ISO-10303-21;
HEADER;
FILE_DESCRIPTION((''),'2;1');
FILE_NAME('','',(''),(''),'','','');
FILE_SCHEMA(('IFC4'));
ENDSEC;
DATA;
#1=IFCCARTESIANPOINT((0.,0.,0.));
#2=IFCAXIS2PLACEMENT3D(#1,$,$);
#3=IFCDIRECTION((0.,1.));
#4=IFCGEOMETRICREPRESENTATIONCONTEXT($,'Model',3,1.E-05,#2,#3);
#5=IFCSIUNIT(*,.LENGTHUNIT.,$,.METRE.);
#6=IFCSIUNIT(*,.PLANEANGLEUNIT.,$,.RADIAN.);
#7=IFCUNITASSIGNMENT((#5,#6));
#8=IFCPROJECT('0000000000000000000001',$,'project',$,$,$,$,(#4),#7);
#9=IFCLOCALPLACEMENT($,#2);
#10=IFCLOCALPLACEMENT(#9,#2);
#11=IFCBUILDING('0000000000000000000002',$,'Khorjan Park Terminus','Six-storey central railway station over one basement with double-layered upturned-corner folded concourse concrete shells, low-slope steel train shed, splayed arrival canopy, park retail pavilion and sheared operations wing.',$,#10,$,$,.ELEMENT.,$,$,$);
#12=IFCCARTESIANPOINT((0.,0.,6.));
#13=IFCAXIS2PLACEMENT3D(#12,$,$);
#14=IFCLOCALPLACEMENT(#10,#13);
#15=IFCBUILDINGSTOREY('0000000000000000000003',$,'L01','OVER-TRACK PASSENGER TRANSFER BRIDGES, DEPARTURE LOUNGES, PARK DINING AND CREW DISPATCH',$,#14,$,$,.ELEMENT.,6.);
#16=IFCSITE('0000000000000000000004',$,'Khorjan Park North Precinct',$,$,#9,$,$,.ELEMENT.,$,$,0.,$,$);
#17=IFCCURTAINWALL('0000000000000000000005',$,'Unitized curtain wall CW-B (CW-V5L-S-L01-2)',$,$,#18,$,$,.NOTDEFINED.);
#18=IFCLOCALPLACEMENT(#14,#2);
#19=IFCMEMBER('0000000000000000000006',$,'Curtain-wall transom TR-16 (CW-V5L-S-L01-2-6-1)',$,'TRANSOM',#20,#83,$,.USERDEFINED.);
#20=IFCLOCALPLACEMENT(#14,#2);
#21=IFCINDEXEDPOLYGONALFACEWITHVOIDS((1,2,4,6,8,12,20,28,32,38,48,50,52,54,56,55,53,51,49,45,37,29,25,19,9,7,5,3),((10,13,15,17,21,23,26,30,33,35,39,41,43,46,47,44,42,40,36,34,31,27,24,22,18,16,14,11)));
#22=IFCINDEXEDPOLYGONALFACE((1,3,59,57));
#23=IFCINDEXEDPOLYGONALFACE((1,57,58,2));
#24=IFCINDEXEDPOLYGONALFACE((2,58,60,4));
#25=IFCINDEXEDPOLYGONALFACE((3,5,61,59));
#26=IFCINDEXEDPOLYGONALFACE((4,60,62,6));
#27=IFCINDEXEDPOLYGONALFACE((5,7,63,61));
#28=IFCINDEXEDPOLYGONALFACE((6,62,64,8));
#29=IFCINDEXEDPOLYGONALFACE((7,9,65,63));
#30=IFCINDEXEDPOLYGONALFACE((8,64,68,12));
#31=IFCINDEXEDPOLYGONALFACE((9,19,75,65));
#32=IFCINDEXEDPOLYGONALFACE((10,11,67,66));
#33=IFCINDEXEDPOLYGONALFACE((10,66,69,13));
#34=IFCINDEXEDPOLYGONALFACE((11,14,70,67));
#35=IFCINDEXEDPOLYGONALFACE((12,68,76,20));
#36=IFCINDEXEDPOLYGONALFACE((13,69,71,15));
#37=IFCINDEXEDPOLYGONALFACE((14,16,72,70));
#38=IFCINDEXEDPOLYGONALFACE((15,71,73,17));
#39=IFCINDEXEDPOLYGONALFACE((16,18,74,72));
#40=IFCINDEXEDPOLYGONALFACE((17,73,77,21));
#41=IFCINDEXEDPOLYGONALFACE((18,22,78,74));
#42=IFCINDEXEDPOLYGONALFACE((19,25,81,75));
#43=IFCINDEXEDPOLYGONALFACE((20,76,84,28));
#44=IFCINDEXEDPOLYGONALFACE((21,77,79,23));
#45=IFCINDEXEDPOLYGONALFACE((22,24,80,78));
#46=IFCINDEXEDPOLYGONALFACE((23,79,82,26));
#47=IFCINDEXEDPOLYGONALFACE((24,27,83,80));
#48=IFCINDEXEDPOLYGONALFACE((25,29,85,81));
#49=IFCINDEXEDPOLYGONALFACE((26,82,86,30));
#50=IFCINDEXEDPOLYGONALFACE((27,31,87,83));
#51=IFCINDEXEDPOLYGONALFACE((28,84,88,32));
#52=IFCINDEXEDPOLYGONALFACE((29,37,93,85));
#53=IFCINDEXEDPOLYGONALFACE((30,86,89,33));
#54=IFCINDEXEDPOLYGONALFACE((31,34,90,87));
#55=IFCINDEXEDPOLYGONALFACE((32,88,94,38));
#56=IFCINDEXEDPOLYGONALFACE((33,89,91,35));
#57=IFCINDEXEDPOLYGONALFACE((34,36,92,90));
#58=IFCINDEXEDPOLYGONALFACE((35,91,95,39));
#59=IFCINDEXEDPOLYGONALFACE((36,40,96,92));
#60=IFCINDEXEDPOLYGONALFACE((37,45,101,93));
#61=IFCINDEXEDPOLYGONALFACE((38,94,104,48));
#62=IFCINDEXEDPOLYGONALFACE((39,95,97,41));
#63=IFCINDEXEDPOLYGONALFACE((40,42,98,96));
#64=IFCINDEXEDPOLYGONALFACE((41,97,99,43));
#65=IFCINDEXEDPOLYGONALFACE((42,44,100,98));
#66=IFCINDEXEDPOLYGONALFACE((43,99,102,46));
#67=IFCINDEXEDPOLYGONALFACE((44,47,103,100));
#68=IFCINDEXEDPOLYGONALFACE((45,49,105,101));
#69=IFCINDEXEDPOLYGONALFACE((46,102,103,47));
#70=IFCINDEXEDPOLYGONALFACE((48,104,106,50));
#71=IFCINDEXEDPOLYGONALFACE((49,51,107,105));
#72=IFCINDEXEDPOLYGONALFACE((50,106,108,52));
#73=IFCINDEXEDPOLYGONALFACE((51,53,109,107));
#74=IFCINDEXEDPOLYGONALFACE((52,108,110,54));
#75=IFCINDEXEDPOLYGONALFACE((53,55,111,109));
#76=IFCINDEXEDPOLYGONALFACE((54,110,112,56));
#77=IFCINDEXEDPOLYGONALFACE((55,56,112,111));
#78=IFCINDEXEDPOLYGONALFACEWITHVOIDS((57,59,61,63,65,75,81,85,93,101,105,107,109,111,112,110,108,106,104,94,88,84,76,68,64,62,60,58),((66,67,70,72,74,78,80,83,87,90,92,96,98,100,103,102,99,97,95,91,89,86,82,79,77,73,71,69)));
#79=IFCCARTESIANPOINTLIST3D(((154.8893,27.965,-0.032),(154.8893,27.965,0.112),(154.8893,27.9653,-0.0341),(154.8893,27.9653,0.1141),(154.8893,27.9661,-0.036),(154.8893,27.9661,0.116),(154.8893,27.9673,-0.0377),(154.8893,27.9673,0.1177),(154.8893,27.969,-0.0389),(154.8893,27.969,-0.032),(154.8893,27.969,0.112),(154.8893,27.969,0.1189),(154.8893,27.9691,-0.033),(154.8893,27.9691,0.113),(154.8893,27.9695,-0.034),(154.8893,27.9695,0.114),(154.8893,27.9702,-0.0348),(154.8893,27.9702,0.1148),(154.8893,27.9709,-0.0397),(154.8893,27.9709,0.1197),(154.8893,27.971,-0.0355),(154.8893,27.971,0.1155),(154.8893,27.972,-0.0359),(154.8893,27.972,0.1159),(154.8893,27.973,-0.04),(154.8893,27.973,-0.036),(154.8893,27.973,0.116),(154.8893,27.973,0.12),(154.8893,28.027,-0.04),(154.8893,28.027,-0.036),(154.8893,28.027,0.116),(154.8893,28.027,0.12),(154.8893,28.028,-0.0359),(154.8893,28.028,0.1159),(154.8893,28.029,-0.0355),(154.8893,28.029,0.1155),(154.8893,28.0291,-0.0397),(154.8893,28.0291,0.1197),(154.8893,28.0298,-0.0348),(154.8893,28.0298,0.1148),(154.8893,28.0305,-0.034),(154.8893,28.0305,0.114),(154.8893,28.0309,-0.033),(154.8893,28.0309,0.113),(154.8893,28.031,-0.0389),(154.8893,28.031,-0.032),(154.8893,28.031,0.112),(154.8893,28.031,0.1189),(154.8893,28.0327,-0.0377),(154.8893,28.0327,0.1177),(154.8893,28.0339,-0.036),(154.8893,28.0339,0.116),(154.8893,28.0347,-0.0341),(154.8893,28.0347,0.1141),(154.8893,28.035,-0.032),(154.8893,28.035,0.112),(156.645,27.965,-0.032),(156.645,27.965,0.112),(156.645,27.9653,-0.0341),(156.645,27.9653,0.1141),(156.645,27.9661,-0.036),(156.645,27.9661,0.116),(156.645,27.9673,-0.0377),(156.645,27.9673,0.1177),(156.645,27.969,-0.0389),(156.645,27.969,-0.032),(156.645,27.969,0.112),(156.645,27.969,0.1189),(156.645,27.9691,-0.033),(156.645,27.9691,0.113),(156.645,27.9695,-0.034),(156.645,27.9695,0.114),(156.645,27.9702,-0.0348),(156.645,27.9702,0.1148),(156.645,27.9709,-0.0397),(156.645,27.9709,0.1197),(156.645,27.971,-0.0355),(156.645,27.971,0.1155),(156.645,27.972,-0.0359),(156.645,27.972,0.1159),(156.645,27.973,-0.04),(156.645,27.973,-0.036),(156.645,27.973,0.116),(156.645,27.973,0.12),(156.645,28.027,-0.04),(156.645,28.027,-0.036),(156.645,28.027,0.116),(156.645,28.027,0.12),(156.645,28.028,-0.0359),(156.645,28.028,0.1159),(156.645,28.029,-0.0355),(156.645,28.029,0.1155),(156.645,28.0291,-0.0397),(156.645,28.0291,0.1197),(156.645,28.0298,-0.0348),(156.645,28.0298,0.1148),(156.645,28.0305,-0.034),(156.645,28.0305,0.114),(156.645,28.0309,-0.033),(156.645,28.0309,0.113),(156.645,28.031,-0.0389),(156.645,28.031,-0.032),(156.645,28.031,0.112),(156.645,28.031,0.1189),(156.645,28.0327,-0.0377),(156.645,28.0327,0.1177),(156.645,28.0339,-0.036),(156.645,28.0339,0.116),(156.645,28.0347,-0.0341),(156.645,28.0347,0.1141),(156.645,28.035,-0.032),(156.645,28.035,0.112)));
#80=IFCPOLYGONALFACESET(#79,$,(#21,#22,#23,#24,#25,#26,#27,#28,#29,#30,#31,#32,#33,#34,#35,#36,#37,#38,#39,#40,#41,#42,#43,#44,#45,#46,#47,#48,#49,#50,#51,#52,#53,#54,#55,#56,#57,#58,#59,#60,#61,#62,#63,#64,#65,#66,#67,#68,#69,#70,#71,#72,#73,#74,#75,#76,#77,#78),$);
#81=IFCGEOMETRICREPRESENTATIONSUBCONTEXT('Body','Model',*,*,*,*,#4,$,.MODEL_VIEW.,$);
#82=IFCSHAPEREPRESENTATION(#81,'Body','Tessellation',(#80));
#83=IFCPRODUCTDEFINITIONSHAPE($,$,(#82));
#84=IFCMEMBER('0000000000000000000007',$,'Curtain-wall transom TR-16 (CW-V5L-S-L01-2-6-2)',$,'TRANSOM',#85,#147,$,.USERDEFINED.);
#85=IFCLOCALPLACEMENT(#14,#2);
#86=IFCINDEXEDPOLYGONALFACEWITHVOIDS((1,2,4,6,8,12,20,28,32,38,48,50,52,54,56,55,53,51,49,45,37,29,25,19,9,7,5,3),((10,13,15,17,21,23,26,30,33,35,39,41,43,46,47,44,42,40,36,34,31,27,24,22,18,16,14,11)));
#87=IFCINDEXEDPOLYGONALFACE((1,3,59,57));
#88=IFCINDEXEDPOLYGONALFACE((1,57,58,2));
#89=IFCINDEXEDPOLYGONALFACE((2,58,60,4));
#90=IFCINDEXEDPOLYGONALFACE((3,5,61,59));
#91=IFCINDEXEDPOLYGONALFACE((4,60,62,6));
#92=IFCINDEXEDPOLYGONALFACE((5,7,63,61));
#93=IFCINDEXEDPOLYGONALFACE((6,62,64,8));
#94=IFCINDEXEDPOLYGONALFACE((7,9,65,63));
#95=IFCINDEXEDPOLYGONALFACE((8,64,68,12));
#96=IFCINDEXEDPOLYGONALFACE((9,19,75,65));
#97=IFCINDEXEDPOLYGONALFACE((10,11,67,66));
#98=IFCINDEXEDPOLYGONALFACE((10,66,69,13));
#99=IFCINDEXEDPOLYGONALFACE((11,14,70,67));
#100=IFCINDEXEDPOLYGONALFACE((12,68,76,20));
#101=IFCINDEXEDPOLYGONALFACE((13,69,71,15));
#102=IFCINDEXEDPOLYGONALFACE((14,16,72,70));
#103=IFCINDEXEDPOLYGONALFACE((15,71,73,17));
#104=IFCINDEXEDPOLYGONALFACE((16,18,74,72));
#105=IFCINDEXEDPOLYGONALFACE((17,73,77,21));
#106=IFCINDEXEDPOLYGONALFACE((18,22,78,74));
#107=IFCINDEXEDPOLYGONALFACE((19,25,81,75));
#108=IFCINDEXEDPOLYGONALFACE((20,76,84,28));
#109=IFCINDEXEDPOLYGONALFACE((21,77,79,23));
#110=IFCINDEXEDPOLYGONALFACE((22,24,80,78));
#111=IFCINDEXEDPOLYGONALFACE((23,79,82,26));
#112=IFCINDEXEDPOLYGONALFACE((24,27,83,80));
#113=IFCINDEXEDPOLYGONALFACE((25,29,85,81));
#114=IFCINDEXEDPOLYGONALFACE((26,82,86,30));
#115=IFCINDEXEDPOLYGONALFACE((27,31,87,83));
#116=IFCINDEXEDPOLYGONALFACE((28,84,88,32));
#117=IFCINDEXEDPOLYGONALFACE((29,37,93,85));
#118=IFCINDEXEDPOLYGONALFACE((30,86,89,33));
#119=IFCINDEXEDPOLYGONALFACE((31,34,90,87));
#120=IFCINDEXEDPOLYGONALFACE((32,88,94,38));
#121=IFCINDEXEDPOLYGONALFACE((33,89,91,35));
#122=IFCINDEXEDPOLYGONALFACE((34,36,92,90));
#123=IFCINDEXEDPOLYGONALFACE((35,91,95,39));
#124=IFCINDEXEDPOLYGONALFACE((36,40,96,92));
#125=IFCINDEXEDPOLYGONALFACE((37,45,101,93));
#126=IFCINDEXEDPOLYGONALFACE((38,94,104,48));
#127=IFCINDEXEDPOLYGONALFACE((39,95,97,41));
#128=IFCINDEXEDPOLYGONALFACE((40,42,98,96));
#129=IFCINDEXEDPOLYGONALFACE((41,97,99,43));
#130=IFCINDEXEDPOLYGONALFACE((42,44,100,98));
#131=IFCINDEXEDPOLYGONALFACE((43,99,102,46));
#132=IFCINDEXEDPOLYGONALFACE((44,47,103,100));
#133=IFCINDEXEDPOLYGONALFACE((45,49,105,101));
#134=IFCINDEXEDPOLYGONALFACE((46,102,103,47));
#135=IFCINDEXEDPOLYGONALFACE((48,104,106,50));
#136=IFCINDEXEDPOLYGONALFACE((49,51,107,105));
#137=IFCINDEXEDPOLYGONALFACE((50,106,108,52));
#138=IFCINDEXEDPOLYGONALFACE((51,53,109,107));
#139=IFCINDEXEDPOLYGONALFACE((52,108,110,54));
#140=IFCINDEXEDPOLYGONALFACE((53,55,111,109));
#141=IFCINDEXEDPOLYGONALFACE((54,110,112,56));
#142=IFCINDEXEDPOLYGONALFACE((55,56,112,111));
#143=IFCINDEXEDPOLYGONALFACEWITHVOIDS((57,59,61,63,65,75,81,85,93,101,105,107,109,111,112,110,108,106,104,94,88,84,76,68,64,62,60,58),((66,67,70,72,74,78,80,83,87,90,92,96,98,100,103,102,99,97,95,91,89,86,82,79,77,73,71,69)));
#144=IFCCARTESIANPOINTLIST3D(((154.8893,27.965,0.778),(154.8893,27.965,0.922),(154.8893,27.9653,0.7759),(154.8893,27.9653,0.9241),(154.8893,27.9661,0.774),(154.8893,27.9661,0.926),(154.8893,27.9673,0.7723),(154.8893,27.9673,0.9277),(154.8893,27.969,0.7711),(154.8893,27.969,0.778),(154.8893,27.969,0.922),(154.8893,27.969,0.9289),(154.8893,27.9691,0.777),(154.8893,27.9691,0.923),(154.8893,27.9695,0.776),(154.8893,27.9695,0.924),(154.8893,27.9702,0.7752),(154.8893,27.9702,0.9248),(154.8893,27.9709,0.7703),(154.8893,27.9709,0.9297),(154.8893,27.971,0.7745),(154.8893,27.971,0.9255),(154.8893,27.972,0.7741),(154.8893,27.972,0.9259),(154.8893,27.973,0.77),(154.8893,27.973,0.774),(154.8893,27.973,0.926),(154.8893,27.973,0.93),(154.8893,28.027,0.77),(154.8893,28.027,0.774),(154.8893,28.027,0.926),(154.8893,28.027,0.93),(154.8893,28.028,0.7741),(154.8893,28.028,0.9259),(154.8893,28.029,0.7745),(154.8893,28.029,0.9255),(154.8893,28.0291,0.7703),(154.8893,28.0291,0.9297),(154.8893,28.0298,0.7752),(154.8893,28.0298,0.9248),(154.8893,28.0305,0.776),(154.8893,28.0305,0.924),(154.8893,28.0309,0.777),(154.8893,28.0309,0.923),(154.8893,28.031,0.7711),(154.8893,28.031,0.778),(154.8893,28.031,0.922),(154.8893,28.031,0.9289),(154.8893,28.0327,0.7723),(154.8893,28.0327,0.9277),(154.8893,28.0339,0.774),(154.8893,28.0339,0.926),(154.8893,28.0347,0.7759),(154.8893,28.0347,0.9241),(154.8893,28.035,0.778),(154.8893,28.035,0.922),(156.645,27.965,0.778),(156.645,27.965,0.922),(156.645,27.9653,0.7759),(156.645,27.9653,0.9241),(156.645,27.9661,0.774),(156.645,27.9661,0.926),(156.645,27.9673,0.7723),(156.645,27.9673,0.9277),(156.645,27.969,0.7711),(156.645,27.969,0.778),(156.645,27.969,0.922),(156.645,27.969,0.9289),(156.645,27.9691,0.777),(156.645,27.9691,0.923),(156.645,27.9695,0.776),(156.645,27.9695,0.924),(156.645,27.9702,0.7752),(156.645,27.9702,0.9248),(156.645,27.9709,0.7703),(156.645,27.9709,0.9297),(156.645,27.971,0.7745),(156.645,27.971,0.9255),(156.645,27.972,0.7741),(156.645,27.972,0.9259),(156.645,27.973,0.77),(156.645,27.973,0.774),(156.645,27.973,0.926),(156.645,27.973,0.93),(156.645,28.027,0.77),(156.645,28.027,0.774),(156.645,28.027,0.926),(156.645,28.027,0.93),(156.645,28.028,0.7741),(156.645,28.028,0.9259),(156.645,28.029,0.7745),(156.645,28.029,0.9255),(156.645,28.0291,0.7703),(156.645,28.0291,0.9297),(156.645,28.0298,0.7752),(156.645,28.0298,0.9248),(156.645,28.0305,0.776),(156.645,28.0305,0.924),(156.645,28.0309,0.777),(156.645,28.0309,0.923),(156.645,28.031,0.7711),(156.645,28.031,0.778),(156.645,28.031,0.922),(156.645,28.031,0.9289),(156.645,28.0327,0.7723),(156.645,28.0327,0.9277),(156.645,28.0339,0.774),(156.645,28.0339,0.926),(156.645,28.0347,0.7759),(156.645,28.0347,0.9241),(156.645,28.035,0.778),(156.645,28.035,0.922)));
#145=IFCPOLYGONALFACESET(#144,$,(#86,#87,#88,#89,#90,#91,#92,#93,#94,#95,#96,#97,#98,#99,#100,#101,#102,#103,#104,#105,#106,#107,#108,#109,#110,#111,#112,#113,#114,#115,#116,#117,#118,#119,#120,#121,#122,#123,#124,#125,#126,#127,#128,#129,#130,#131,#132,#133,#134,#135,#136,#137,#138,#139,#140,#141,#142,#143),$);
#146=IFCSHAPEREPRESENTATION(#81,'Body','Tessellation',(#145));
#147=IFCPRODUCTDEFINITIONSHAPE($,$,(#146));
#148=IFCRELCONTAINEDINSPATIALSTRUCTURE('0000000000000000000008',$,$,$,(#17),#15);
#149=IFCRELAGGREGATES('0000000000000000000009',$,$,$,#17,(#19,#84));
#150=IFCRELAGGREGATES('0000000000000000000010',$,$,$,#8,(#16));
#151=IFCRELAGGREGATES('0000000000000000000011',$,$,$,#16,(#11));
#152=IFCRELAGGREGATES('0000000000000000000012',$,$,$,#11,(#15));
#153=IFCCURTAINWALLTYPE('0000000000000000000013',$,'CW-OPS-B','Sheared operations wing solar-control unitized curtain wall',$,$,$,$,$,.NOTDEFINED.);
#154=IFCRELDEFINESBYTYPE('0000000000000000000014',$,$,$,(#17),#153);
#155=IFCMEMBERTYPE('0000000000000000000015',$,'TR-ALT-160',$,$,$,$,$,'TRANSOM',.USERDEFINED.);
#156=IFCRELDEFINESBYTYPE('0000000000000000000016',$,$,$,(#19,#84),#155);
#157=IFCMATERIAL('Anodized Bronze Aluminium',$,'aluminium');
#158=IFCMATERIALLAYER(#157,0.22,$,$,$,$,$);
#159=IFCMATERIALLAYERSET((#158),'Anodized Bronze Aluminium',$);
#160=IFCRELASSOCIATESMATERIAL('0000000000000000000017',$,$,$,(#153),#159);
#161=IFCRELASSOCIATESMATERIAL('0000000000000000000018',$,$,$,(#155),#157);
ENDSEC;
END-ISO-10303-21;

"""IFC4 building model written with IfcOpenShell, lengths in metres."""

from ifc_helpers import new_model, si_unit, direction, frame, origin, origin_2d, place, context, subcontext, project, spatial, hollow_rectangle, extrude, material, layer, layer_set, material_profile, profile_set, type_object, element, aggregate, save


model = new_model("IFC4")

# Units and contexts
model_context = context("Model", 3, precision=1e-05, world=origin(), true_north=direction((0.0, 1.0)))
body_context = subcontext(model_context, "Body", "Model", "MODEL_VIEW")
ifc_project = project(units=[si_unit("LENGTHUNIT", "METRE"), si_unit("PLANEANGLEUNIT", "RADIAN")], contexts=[model_context])

# Site, building, storey
site_placement = place(None, origin())
site = spatial("IfcSite", under=ifc_project, at=site_placement, Name="Khorjan Park North Precinct", CompositionType="ELEMENT", RefElevation=0.0)
building_placement = place(site_placement, origin())
building = spatial("IfcBuilding", under=site, at=building_placement, Name="Khorjan Park Terminus", Description="Six-storey central railway station over one basement with double-layered upturned-corner folded concourse concrete shells, low-slope steel train shed, splayed arrival canopy, park retail pavilion and sheared operations wing.", CompositionType="ELEMENT")
storey_placement = place(building_placement, frame((0.0, 0.0, 6.0)))
storey = spatial("IfcBuildingStorey", under=building, at=storey_placement, Name="L01", Description="OVER-TRACK PASSENGER TRANSFER BRIDGES, DEPARTURE LOUNGES, PARK DINING AND CREW DISPATCH", CompositionType="ELEMENT", Elevation=6.0)

# Curtain wall, members
ifc_material_1 = material(Name="Anodized Bronze Aluminium", Category="aluminium")
ifc_layer_1 = layer(ifc_material_1, 0.22)
ifc_layer_set_1 = layer_set([ifc_layer_1], Name="Anodized Bronze Aluminium")
curtain_wall_type = type_object("IfcCurtainWallType", Name="CW-OPS-B", Description="Sheared operations wing solar-control unitized curtain wall", PredefinedType="NOTDEFINED", material=ifc_layer_set_1)
curtain_wall_placement = place(storey_placement, origin())
curtain_wall = element("IfcCurtainWall", 1, at=curtain_wall_placement, inside=storey, type_object=curtain_wall_type, Name="Unitized curtain wall CW-B (CW-V5L-S-L01-2)", PredefinedType="NOTDEFINED")
ifc_material_profile_1 = material_profile(ifc_material_1, hollow_rectangle(XDim=0.07, YDim=0.16, WallThickness=0.004, InnerFilletRadius=0.004, OuterFilletRadius=0.008, at=origin_2d()), Name="ALT 70x160x4")
ifc_profile_set_1 = profile_set([ifc_material_profile_1], Name="Anodized Bronze Aluminium")
member_type_1 = type_object("IfcMemberType", Name="TR-ALT-160", ElementType="TRANSOM", PredefinedType="USERDEFINED", material=ifc_profile_set_1)
member_1_placement = place(storey_placement, frame((154.8893, 28.0, 0.04), z_axis=(1.0, 0.0, 0.0), x_axis=(0.0, 1.0, 0.0)))
member_1 = element("IfcMember", 2, at=member_1_placement, type_object=member_type_1, Name="Curtain-wall transom TR-16 (CW-V5L-S-L01-2-6-1)", ObjectType="TRANSOM", PredefinedType="USERDEFINED", context=body_context, shape_type="SweptSolid", body=[
    extrude(hollow_rectangle(XDim=0.07, YDim=0.16, WallThickness=0.004, InnerFilletRadius=0.004, OuterFilletRadius=0.008, at=origin_2d()), origin(), (0.0, 0.0, 1.0), 1.7557),
])
member_2_placement = place(storey_placement, frame((154.8893, 28.0, 0.85), z_axis=(1.0, 0.0, 0.0), x_axis=(0.0, 1.0, 0.0)))
member_2 = element("IfcMember", 3, at=member_2_placement, type_object=member_type_1, Name="Curtain-wall transom TR-16 (CW-V5L-S-L01-2-6-2)", ObjectType="TRANSOM", PredefinedType="USERDEFINED", context=body_context, shape_type="SweptSolid", body=[
    extrude(hollow_rectangle(XDim=0.07, YDim=0.16, WallThickness=0.004, InnerFilletRadius=0.004, OuterFilletRadius=0.008, at=origin_2d()), origin(), (0.0, 0.0, 1.0), 1.7557),
])
aggregate(curtain_wall, [member_1, member_2])

save(model, "model.ifc")
